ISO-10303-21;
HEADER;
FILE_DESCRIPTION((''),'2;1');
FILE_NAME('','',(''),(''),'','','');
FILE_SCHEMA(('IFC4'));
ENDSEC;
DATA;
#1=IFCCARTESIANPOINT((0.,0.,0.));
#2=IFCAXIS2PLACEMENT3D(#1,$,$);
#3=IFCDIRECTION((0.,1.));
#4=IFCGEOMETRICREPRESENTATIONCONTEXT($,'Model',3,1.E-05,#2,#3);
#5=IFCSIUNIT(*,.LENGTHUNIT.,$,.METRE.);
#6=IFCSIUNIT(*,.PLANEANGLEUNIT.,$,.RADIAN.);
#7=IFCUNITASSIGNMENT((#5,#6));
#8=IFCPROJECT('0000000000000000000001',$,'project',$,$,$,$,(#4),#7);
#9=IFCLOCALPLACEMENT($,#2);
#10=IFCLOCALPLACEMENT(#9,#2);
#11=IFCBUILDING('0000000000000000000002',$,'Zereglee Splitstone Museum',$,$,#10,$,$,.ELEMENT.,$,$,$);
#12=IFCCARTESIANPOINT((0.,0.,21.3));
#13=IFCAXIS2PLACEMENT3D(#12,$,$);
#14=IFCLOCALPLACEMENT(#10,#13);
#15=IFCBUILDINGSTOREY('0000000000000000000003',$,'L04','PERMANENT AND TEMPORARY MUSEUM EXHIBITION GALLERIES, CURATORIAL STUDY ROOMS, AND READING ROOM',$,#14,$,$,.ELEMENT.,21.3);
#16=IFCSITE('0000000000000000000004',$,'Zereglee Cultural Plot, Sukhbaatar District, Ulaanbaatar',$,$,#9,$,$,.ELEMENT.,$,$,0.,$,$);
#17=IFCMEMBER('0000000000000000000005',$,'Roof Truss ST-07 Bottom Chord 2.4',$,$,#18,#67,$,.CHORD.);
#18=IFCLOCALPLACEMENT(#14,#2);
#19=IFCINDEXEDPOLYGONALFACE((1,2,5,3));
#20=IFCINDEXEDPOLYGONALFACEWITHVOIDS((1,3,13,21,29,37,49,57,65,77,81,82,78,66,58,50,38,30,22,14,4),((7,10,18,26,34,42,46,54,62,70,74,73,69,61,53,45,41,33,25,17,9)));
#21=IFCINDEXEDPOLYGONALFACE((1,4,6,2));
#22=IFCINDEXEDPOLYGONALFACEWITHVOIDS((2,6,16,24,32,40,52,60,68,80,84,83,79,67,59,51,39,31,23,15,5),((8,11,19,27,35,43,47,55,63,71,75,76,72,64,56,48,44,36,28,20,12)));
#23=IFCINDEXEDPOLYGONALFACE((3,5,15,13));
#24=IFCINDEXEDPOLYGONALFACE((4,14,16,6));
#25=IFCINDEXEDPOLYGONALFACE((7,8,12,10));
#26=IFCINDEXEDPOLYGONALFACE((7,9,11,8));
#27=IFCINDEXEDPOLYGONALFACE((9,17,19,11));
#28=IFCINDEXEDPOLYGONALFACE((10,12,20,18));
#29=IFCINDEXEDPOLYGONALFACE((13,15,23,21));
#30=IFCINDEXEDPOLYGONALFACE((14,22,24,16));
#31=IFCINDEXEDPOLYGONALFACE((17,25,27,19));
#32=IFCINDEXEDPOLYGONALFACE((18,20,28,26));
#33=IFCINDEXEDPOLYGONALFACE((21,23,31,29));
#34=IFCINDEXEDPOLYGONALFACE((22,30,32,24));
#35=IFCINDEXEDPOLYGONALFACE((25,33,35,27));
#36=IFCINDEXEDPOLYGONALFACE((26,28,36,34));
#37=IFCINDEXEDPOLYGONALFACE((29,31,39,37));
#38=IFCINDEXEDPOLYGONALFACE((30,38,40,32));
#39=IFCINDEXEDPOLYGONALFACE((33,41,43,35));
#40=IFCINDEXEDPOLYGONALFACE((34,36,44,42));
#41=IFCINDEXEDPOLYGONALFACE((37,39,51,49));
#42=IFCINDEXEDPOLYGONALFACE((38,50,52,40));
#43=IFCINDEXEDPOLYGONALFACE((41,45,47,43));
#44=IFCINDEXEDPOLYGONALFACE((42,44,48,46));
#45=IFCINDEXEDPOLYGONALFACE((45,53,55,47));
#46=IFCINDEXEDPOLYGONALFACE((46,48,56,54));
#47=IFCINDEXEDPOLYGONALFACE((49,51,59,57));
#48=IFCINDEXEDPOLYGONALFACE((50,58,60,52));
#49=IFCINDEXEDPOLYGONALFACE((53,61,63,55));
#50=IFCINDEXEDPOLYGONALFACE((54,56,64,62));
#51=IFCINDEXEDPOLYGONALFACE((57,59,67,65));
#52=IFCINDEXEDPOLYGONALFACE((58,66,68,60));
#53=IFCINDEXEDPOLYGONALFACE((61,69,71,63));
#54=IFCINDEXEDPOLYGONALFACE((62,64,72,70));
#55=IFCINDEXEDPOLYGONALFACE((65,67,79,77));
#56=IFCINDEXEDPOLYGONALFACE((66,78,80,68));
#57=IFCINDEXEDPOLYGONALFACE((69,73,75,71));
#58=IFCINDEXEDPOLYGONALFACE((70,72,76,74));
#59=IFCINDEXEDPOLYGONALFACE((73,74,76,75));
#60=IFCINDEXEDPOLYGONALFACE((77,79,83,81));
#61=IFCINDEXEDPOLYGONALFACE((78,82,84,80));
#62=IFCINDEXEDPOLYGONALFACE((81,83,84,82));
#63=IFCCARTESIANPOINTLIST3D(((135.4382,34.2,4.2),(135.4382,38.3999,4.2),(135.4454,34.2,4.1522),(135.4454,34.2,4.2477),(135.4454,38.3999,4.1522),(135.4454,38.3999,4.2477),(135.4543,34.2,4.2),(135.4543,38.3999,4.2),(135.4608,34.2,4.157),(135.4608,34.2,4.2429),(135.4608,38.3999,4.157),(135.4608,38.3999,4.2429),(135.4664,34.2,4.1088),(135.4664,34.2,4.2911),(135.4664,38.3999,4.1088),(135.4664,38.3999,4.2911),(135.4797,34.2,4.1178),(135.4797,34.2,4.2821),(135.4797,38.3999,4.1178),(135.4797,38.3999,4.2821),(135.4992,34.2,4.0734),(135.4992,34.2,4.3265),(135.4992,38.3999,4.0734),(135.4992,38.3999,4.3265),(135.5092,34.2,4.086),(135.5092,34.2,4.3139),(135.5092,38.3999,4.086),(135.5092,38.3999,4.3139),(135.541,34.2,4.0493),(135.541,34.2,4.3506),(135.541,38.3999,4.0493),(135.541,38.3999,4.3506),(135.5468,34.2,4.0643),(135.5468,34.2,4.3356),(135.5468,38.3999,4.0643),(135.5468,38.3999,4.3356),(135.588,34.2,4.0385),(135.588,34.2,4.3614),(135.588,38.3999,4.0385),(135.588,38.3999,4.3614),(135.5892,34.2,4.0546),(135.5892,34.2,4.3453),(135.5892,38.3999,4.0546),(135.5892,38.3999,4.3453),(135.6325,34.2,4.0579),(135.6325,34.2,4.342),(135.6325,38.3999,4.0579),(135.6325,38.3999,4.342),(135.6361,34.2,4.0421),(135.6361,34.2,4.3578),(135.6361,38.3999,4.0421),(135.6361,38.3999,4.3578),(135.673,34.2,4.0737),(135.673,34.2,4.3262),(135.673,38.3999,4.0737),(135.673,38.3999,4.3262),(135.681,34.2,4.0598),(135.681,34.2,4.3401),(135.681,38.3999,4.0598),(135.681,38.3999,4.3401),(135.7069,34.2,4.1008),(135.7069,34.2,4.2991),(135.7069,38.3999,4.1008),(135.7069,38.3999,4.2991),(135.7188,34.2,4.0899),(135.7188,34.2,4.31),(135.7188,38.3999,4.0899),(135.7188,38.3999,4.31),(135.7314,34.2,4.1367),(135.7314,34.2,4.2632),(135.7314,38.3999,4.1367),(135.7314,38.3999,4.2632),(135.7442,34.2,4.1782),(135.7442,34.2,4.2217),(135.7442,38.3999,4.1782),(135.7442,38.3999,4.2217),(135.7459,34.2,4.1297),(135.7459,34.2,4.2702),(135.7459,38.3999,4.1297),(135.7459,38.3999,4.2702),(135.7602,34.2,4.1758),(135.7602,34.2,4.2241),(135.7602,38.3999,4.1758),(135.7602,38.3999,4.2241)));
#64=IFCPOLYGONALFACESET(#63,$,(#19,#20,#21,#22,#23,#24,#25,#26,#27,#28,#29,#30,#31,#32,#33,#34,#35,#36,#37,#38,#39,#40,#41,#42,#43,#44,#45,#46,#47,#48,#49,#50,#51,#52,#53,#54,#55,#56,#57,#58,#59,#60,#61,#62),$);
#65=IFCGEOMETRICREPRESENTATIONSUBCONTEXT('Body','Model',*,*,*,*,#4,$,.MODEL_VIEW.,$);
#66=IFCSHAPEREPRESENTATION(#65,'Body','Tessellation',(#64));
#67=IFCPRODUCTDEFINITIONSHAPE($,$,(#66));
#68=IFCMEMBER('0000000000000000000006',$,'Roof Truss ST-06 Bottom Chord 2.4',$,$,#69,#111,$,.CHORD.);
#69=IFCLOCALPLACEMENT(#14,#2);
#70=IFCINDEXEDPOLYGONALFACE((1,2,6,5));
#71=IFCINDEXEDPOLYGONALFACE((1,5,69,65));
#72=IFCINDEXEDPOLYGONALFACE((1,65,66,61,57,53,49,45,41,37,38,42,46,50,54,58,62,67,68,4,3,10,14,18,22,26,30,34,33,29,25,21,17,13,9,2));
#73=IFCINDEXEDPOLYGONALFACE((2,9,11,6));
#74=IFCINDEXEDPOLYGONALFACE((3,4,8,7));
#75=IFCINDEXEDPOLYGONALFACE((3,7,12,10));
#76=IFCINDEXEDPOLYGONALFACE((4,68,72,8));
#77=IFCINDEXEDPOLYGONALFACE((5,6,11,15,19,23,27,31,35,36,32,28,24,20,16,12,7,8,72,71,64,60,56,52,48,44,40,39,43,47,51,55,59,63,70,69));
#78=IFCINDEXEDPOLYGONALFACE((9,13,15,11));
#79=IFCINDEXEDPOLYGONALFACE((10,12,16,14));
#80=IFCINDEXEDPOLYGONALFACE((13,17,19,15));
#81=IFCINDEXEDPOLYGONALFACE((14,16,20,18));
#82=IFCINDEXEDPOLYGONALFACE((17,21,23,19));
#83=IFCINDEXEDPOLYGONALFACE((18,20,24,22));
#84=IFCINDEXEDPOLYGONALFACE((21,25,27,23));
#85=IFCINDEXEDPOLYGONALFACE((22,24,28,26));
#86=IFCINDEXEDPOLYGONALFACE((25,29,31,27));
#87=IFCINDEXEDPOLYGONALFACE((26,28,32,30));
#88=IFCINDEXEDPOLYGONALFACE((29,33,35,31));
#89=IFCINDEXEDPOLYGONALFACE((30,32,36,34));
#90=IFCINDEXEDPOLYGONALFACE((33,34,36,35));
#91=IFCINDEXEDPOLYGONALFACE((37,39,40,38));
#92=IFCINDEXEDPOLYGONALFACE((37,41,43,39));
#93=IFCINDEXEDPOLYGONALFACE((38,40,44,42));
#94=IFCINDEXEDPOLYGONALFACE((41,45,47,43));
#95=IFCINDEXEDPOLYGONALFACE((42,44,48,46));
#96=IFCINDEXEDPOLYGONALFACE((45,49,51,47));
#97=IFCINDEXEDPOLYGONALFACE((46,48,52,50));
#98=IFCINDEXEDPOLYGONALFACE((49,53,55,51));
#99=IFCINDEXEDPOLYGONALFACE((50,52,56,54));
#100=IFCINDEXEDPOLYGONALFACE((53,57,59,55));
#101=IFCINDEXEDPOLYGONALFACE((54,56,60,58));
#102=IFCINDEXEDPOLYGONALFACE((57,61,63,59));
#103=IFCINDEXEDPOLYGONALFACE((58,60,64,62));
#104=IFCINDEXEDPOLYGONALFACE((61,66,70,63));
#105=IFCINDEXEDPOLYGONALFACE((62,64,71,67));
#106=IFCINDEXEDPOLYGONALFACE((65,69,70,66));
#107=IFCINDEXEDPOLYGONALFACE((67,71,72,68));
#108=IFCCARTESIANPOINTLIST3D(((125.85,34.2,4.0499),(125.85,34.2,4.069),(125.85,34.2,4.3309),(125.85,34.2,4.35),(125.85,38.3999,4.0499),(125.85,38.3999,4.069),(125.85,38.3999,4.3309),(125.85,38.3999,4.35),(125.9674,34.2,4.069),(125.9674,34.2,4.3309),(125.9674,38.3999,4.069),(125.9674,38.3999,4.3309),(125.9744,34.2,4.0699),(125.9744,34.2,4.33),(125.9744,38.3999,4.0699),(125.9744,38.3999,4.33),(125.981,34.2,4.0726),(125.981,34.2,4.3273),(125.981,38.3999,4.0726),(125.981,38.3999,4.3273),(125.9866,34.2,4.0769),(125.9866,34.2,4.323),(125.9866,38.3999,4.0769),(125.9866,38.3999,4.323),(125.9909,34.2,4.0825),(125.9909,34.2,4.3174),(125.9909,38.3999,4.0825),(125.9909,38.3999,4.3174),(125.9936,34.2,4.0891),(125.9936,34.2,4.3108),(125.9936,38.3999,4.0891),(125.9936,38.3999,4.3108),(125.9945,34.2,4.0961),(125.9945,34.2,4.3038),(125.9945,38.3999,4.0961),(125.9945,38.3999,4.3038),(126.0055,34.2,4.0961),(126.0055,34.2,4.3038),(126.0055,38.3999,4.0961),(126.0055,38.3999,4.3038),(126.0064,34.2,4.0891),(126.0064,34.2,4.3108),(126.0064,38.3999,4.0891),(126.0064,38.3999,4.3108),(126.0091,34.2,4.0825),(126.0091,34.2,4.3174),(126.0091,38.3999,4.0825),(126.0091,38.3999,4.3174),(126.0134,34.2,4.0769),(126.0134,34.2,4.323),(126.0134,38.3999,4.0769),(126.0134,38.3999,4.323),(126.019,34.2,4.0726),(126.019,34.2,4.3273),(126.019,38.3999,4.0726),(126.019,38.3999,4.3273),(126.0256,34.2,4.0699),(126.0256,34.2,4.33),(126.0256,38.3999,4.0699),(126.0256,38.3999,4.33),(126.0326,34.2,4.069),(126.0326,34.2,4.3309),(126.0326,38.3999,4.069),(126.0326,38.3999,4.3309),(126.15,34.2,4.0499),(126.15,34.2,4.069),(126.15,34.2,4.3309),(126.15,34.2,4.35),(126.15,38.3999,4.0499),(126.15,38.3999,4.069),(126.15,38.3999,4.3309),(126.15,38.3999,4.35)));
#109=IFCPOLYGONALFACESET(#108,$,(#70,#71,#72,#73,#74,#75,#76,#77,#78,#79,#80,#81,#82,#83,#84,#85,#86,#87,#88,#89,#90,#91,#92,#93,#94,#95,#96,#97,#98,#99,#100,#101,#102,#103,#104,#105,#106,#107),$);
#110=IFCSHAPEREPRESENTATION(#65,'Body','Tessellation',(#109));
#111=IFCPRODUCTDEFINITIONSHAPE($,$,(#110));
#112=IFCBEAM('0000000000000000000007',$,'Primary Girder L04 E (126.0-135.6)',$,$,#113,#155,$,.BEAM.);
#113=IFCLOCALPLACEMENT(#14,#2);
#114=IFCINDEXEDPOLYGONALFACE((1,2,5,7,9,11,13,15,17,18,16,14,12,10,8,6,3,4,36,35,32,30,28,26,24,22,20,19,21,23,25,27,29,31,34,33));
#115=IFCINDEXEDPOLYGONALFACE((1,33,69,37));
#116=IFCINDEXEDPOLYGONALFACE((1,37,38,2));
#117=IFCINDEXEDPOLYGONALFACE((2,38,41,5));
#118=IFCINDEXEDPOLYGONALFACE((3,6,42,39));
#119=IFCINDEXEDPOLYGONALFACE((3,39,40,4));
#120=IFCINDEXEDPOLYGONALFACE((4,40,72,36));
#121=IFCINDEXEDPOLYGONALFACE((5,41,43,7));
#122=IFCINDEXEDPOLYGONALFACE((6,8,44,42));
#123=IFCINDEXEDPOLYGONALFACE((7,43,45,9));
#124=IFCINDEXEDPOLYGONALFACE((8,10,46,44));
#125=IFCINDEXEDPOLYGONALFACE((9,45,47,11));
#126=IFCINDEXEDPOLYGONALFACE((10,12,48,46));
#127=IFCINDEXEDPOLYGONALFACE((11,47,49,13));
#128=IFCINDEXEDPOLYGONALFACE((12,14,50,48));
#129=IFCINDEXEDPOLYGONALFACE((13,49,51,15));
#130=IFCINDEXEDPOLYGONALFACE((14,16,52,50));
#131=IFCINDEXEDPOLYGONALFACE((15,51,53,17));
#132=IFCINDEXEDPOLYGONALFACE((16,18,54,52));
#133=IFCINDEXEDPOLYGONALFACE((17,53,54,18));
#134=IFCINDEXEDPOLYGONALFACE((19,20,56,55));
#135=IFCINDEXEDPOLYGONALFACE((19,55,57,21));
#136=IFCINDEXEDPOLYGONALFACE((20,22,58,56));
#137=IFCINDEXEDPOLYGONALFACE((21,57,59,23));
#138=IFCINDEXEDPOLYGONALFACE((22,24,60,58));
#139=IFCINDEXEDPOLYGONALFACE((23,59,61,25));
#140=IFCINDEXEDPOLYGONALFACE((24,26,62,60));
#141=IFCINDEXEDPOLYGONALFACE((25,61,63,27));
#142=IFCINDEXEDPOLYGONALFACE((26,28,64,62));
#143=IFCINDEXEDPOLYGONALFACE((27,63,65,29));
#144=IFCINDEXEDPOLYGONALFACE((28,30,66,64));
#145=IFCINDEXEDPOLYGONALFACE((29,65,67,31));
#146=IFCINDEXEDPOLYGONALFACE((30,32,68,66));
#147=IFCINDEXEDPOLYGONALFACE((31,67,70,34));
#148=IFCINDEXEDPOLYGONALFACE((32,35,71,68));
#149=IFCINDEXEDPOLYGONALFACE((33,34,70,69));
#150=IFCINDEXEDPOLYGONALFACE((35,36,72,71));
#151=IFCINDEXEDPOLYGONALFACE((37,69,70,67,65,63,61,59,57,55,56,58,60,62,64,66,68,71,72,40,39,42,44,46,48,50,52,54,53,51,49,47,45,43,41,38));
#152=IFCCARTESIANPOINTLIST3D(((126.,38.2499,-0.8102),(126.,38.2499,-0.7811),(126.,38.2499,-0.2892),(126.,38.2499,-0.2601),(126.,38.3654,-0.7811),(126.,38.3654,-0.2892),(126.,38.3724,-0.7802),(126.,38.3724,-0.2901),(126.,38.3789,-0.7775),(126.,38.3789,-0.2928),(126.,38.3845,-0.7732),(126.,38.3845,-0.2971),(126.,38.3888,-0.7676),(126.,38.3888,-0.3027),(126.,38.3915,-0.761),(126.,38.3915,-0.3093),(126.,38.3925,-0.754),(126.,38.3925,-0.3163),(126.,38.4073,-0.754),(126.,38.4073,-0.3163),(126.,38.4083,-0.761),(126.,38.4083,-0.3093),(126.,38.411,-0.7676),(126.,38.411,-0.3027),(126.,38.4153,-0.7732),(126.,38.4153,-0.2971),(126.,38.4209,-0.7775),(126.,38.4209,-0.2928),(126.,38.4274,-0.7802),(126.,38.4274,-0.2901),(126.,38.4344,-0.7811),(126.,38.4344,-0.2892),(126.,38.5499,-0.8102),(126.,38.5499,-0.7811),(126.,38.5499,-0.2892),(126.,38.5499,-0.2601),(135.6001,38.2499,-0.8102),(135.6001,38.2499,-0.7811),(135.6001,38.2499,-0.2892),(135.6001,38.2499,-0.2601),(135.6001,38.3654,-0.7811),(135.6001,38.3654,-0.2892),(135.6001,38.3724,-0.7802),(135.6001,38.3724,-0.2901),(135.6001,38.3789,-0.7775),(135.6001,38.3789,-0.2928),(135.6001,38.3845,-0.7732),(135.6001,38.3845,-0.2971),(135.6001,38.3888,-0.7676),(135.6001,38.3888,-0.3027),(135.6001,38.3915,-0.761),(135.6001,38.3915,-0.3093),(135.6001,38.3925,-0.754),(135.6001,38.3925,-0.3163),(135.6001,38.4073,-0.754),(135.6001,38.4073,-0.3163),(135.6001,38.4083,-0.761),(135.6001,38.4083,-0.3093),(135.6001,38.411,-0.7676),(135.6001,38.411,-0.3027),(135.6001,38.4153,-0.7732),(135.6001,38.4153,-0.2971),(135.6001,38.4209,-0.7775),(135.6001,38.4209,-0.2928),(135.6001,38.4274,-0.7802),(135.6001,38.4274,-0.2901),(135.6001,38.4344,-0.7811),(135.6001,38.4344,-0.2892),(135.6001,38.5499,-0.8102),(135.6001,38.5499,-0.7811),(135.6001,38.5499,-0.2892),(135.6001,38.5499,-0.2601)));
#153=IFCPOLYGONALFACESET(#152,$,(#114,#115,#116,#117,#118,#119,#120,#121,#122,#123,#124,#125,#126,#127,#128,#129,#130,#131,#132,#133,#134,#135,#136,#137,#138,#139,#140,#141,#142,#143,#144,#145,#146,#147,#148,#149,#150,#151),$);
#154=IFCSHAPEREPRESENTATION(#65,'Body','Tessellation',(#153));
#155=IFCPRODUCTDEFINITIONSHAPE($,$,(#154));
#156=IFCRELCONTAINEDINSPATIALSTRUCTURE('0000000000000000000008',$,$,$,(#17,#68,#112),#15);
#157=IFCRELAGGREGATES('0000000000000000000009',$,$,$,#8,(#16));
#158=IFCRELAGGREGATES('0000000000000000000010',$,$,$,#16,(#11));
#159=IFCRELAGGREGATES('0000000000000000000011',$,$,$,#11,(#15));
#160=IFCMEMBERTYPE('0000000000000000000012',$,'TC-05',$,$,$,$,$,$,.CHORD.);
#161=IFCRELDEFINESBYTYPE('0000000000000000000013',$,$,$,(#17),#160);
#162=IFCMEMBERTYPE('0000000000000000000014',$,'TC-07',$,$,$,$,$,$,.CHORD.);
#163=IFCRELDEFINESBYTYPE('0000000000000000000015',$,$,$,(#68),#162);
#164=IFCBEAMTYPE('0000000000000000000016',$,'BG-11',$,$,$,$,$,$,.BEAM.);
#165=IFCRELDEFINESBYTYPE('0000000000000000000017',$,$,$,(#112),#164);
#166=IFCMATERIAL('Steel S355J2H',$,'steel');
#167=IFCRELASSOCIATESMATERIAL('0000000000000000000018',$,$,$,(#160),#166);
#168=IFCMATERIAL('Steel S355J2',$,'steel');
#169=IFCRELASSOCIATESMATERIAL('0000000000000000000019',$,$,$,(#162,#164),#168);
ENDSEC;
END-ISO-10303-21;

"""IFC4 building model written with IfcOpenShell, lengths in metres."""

from ifc_helpers import new_model, si_unit, direction, frame, origin, origin_2d, place, context, subcontext, project, spatial, hollow_circle, i_section, extrude, material, material_profile, profile_set, type_object, element, save


model = new_model("IFC4")

# Units and contexts
model_context = context("Model", 3, precision=1e-05, world=origin(), true_north=direction((0.0, 1.0)))
body_context = subcontext(model_context, "Body", "Model", "MODEL_VIEW")
ifc_project = project(units=[si_unit("LENGTHUNIT", "METRE"), si_unit("PLANEANGLEUNIT", "RADIAN")], contexts=[model_context])

# Site, building, storey
site_placement = place(None, origin())
site = spatial("IfcSite", under=ifc_project, at=site_placement, Name="Zereglee Cultural Plot, Sukhbaatar District, Ulaanbaatar", CompositionType="ELEMENT", RefElevation=0.0)
building_placement = place(site_placement, origin())
building = spatial("IfcBuilding", under=site, at=building_placement, Name="Zereglee Splitstone Museum", CompositionType="ELEMENT")
storey_placement = place(building_placement, frame((0.0, 0.0, 21.3)))
storey = spatial("IfcBuildingStorey", under=building, at=storey_placement, Name="L04", Description="PERMANENT AND TEMPORARY MUSEUM EXHIBITION GALLERIES, CURATORIAL STUDY ROOMS, AND READING ROOM", CompositionType="ELEMENT", Elevation=21.3)

# Shared definitions
ifc_material_1 = material(Name="Steel S355J2", Category="steel")
ifc_material_2 = material(Name="Steel S355J2H", Category="steel")

# Members
ifc_material_profile_1 = material_profile(ifc_material_2, hollow_circle(Radius=0.1619, WallThickness=0.0161, at=origin_2d()), Name="CHS 323.9x16")
ifc_profile_set_1 = profile_set([ifc_material_profile_1], Name="Steel S355J2H")
member_type_1 = type_object("IfcMemberType", Name="TC-05", PredefinedType="CHORD", material=ifc_profile_set_1)
for number, where, z_axis, x_axis, name in (
    (1, (135.6001, 34.2, 4.2), (0.0, 1.0, 0.0), (-1.0, 0.0, 0.0), "Roof Truss ST-07 Bottom Chord 2.4"),
):
    element("IfcMember", number, at=place(storey_placement, frame(where, z_axis=z_axis, x_axis=x_axis)), inside=storey, type_object=member_type_1, Name=name, PredefinedType="CHORD", context=body_context, shape_type="SweptSolid", body=[
        extrude(hollow_circle(Radius=0.1619, WallThickness=0.0161, at=origin_2d()), origin(), (0.0, 0.0, 1.0), 4.2),
    ])
ifc_material_profile_2 = material_profile(ifc_material_1, i_section(OverallWidth=0.3, OverallDepth=0.3, WebThickness=0.011, FlangeThickness=0.019, FilletRadius=0.0271, at=origin_2d()), Name="HE 300 B")
ifc_profile_set_2 = profile_set([ifc_material_profile_2], Name="Steel S355J2")
member_type_2 = type_object("IfcMemberType", Name="TC-07", PredefinedType="CHORD", material=ifc_profile_set_2)
member_1_placement = place(storey_placement, frame((126.0, 34.2, 4.2), z_axis=(0.0, 1.0, 0.0), x_axis=(-1.0, 0.0, 0.0)))
element("IfcMember", 2, at=member_1_placement, inside=storey, type_object=member_type_2, Name="Roof Truss ST-06 Bottom Chord 2.4", PredefinedType="CHORD", context=body_context, shape_type="SweptSolid", body=[
    extrude(i_section(OverallWidth=0.3, OverallDepth=0.3, WebThickness=0.011, FlangeThickness=0.019, FilletRadius=0.0271, at=origin_2d()), origin(), (0.0, 0.0, 1.0), 4.2),
])

# Beam
ifc_material_profile_3 = material_profile(ifc_material_1, i_section(OverallWidth=0.3, OverallDepth=0.55, WebThickness=0.0149, FlangeThickness=0.0291, FilletRadius=0.0271, at=origin_2d()), Name="HE 550 B")
ifc_profile_set_3 = profile_set([ifc_material_profile_3], Name="Steel S355J2")
beam_type_1 = type_object("IfcBeamType", Name="BG-11", PredefinedType="BEAM", material=ifc_profile_set_3)
beam_1_placement = place(storey_placement, frame((126.0, 38.3999, -0.5352), z_axis=(1.0, 0.0, 0.0), x_axis=(0.0, 1.0, 0.0)))
element("IfcBeam", 3, at=beam_1_placement, inside=storey, type_object=beam_type_1, Name="Primary Girder L04 E (126.0-135.6)", PredefinedType="BEAM", context=body_context, shape_type="SweptSolid", body=[
    extrude(i_section(OverallWidth=0.3, OverallDepth=0.55, WebThickness=0.0149, FlangeThickness=0.0291, FilletRadius=0.0271, at=origin_2d()), origin(), (0.0, 0.0, 1.0), 9.6001),
])

save(model, "model.ifc")
